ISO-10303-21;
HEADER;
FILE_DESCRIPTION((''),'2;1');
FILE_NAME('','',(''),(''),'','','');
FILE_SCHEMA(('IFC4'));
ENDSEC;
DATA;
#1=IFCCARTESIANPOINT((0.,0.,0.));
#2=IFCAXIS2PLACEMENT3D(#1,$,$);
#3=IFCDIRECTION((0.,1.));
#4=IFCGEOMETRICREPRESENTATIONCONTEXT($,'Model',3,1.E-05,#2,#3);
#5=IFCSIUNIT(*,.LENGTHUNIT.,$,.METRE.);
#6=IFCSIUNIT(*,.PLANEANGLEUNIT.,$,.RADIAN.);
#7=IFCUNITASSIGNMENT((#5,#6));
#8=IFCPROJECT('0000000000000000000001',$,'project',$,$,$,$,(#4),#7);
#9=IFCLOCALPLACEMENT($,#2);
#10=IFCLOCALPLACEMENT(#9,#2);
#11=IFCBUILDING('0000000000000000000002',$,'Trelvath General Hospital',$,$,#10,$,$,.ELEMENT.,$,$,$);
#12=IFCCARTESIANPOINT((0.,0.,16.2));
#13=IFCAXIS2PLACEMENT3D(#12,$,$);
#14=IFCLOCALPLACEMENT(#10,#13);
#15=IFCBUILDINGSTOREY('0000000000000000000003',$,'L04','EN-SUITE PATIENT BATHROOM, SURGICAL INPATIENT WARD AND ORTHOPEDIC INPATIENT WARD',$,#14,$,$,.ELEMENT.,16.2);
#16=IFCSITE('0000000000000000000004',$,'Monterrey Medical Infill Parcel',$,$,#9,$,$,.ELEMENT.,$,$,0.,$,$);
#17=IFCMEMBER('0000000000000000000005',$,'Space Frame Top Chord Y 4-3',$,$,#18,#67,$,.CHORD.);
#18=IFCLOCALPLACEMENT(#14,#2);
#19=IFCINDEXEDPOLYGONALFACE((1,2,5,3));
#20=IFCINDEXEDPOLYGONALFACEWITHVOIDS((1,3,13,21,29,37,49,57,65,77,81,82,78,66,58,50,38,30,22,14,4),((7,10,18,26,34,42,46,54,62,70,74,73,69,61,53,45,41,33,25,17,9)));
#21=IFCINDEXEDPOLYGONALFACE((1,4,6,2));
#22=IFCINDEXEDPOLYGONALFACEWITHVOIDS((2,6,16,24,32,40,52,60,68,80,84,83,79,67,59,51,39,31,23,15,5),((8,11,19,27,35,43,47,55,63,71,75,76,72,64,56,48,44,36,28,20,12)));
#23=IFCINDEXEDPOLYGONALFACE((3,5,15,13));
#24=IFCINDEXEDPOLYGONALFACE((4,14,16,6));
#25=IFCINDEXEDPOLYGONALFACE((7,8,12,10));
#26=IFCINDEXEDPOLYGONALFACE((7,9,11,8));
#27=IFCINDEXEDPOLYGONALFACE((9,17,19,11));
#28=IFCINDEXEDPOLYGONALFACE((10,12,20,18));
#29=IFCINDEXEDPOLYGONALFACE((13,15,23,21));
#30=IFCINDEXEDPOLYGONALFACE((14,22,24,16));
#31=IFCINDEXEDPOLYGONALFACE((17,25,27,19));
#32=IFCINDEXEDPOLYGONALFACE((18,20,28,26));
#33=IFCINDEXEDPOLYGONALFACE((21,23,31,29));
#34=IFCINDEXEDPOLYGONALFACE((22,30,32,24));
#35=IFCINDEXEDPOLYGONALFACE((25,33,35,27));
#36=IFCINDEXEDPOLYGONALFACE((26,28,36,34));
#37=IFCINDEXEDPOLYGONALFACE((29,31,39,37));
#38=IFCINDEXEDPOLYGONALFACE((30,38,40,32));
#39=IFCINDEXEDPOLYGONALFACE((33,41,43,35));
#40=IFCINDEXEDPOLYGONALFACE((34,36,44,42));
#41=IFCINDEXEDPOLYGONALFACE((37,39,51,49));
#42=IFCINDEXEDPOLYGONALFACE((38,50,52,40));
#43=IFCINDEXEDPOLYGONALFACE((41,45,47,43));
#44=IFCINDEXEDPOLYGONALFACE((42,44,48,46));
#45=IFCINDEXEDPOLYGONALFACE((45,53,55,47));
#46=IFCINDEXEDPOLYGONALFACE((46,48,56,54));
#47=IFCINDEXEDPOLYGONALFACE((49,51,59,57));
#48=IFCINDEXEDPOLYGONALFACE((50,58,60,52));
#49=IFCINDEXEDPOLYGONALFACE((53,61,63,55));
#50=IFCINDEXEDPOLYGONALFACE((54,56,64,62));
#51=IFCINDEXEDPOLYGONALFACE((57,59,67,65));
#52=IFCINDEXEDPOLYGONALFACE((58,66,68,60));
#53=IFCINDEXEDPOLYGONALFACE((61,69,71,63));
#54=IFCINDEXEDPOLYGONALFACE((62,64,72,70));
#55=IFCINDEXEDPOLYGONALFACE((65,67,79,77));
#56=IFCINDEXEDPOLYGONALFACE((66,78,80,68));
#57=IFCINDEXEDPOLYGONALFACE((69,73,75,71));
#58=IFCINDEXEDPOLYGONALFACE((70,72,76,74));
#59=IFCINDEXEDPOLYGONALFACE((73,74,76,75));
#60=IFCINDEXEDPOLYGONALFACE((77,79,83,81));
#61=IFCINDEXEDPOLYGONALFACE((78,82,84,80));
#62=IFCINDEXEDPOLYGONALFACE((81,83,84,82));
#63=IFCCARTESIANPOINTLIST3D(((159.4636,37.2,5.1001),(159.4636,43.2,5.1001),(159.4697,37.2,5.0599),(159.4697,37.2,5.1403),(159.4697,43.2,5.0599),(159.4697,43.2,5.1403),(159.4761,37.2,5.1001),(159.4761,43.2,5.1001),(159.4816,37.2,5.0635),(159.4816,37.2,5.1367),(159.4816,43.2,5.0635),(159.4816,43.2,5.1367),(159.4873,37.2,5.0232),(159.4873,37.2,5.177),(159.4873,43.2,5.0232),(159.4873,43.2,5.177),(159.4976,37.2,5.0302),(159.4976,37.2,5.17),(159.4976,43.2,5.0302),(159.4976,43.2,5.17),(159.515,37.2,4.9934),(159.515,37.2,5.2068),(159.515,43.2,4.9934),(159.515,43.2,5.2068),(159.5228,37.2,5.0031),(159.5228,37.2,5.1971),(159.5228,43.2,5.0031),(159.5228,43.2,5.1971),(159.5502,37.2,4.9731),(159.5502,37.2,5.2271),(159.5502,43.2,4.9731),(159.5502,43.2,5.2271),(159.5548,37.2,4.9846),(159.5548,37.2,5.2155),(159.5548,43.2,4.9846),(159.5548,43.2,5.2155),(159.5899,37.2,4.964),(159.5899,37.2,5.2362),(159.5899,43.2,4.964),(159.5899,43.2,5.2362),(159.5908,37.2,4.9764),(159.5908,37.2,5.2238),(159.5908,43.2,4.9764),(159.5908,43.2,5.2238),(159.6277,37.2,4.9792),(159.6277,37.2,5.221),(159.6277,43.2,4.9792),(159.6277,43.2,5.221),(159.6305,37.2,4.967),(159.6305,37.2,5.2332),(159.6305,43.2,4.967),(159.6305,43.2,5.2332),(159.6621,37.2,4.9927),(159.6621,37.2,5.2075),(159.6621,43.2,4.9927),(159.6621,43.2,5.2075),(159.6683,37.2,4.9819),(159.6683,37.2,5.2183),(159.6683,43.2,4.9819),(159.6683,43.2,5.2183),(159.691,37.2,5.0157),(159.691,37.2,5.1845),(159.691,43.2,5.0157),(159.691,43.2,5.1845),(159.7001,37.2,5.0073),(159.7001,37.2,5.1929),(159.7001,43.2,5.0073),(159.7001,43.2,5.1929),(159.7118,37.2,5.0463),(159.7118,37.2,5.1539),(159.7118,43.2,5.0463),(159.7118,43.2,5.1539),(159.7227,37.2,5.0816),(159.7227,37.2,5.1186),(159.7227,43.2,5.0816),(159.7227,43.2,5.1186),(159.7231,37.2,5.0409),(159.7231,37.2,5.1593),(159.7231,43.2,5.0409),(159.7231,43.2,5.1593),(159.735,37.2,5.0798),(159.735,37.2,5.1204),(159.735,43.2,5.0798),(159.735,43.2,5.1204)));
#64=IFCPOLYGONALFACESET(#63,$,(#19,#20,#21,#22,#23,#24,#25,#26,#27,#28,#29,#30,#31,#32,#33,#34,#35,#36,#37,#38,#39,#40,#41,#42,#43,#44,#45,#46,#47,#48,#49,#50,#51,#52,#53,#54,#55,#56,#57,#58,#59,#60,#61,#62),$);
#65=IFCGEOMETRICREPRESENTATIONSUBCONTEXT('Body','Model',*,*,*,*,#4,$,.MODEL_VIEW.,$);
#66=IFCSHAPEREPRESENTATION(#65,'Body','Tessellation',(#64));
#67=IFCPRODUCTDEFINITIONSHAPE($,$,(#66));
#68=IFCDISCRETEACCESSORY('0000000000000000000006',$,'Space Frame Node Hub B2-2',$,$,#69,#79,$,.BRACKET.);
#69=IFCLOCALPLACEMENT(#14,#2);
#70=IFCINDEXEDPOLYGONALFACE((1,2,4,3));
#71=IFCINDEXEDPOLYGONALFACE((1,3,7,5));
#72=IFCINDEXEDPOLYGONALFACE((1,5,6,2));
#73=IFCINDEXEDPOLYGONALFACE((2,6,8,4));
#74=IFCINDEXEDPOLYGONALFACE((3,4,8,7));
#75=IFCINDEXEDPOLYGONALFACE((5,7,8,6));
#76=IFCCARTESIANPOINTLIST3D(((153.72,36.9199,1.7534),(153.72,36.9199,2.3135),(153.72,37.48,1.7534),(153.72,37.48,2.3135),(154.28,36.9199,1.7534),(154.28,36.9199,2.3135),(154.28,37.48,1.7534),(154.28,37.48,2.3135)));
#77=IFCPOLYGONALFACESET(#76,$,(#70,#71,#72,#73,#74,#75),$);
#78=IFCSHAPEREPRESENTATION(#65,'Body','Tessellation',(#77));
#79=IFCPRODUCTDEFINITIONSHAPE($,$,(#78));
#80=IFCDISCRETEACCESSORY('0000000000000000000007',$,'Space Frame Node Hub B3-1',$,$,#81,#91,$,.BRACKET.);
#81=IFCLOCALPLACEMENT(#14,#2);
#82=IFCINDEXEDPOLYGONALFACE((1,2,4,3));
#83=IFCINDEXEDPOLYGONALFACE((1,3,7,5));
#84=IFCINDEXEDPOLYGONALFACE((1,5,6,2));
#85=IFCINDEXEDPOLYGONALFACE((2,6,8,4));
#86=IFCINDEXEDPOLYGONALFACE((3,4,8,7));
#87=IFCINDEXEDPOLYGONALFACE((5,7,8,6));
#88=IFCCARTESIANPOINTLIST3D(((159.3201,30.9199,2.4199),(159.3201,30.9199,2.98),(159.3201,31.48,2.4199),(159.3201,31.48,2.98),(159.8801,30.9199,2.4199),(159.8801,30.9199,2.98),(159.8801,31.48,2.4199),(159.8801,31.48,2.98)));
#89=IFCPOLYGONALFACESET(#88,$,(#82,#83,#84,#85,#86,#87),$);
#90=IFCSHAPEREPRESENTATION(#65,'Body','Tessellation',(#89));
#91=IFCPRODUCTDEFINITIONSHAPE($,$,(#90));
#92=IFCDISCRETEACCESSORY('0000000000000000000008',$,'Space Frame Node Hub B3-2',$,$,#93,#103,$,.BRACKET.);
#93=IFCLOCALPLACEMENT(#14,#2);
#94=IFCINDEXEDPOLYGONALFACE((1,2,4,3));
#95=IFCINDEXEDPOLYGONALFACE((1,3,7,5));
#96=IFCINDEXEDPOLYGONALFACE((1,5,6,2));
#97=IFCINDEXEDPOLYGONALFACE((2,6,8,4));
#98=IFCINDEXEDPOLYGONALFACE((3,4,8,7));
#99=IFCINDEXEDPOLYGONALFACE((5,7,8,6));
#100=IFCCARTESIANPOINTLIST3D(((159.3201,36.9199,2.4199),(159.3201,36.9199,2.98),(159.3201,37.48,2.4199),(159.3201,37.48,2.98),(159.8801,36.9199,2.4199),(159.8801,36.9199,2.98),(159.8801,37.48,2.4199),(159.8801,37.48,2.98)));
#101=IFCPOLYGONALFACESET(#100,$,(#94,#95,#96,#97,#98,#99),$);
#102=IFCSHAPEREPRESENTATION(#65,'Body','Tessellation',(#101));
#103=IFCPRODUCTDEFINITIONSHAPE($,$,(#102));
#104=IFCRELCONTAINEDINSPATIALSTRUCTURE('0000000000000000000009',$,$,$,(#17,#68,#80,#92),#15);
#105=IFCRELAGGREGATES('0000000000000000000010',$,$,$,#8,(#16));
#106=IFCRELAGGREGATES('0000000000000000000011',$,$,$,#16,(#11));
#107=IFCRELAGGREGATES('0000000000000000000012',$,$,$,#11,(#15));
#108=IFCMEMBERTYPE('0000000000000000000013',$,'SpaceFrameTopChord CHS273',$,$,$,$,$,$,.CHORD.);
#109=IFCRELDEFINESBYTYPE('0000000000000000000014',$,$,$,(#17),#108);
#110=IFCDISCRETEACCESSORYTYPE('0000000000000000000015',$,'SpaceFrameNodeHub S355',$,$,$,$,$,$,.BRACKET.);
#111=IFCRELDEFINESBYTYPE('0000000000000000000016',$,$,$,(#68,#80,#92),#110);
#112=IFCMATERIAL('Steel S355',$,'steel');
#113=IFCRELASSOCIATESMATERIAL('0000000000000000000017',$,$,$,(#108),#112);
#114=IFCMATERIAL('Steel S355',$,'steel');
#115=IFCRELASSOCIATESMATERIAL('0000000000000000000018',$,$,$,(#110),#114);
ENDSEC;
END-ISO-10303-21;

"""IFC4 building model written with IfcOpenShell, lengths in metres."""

from ifc_helpers import new_model, si_unit, direction, frame, origin, origin_2d, place, context, subcontext, project, spatial, rectangle, hollow_circle, extrude, material, material_profile, profile_set, type_object, element, save


model = new_model("IFC4")

# Units and contexts
model_context = context("Model", 3, precision=1e-05, world=origin(), true_north=direction((0.0, 1.0)))
body_context = subcontext(model_context, "Body", "Model", "MODEL_VIEW")
ifc_project = project(units=[si_unit("LENGTHUNIT", "METRE"), si_unit("PLANEANGLEUNIT", "RADIAN")], contexts=[model_context])

# Site, building, storey
site_placement = place(None, origin())
site = spatial("IfcSite", under=ifc_project, at=site_placement, Name="Monterrey Medical Infill Parcel", CompositionType="ELEMENT", RefElevation=0.0)
building_placement = place(site_placement, origin())
building = spatial("IfcBuilding", under=site, at=building_placement, Name="Trelvath General Hospital", CompositionType="ELEMENT")
storey_placement = place(building_placement, frame((0.0, 0.0, 16.2)))
storey = spatial("IfcBuildingStorey", under=building, at=storey_placement, Name="L04", Description="EN-SUITE PATIENT BATHROOM, SURGICAL INPATIENT WARD AND ORTHOPEDIC INPATIENT WARD", CompositionType="ELEMENT", Elevation=16.2)

# Member
ifc_material_1 = material(Name="Steel S355", Category="steel")
ifc_material_profile_1 = material_profile(ifc_material_1, hollow_circle(Radius=0.1365, WallThickness=0.0125, at=origin_2d()), Name="CHS273.0x12.5")
ifc_profile_set_1 = profile_set([ifc_material_profile_1], Name="Steel S355")
member_type_1 = type_object("IfcMemberType", Name="SpaceFrameTopChord CHS273", PredefinedType="CHORD", material=ifc_profile_set_1)
member_1_placement = place(storey_placement, frame((159.6001, 37.2, 5.1001), z_axis=(0.0, 1.0, 0.0), x_axis=(-1.0, 0.0, 0.0)))
element("IfcMember", 1, at=member_1_placement, inside=storey, type_object=member_type_1, Name="Space Frame Top Chord Y 4-3", PredefinedType="CHORD", context=body_context, shape_type="SweptSolid", body=[
    extrude(hollow_circle(Radius=0.1365, WallThickness=0.0125, at=origin_2d()), origin(), (0.0, 0.0, 1.0), 6.0),
])

# Discrete accessories
ifc_material_2 = material(Name="Steel S355", Category="steel")
discrete_accessory_type = type_object("IfcDiscreteAccessoryType", Name="SpaceFrameNodeHub S355", PredefinedType="BRACKET", material=ifc_material_2)
for number, where, z_axis, x_axis, name in (
    (2, (154.0, 37.2, 1.7534), (0.0, 0.0, 1.0), (1.0, 0.0, 0.0), "Space Frame Node Hub B2-2"),
    (3, (159.6001, 31.2, 2.4199), (0.0, 0.0, 1.0), (1.0, 0.0, 0.0), "Space Frame Node Hub B3-1"),
    (4, (159.6001, 37.2, 2.4199), (0.0, 0.0, 1.0), (1.0, 0.0, 0.0), "Space Frame Node Hub B3-2"),
):
    element("IfcDiscreteAccessory", number, at=place(storey_placement, frame(where, z_axis=z_axis, x_axis=x_axis)), inside=storey, type_object=discrete_accessory_type, Name=name, PredefinedType="BRACKET", context=body_context, shape_type="SweptSolid", body=[
        extrude(rectangle(XDim=0.5601, YDim=0.5601, at=origin_2d()), origin(), (0.0, 0.0, 1.0), 0.5601),
    ])

save(model, "model.ifc")
